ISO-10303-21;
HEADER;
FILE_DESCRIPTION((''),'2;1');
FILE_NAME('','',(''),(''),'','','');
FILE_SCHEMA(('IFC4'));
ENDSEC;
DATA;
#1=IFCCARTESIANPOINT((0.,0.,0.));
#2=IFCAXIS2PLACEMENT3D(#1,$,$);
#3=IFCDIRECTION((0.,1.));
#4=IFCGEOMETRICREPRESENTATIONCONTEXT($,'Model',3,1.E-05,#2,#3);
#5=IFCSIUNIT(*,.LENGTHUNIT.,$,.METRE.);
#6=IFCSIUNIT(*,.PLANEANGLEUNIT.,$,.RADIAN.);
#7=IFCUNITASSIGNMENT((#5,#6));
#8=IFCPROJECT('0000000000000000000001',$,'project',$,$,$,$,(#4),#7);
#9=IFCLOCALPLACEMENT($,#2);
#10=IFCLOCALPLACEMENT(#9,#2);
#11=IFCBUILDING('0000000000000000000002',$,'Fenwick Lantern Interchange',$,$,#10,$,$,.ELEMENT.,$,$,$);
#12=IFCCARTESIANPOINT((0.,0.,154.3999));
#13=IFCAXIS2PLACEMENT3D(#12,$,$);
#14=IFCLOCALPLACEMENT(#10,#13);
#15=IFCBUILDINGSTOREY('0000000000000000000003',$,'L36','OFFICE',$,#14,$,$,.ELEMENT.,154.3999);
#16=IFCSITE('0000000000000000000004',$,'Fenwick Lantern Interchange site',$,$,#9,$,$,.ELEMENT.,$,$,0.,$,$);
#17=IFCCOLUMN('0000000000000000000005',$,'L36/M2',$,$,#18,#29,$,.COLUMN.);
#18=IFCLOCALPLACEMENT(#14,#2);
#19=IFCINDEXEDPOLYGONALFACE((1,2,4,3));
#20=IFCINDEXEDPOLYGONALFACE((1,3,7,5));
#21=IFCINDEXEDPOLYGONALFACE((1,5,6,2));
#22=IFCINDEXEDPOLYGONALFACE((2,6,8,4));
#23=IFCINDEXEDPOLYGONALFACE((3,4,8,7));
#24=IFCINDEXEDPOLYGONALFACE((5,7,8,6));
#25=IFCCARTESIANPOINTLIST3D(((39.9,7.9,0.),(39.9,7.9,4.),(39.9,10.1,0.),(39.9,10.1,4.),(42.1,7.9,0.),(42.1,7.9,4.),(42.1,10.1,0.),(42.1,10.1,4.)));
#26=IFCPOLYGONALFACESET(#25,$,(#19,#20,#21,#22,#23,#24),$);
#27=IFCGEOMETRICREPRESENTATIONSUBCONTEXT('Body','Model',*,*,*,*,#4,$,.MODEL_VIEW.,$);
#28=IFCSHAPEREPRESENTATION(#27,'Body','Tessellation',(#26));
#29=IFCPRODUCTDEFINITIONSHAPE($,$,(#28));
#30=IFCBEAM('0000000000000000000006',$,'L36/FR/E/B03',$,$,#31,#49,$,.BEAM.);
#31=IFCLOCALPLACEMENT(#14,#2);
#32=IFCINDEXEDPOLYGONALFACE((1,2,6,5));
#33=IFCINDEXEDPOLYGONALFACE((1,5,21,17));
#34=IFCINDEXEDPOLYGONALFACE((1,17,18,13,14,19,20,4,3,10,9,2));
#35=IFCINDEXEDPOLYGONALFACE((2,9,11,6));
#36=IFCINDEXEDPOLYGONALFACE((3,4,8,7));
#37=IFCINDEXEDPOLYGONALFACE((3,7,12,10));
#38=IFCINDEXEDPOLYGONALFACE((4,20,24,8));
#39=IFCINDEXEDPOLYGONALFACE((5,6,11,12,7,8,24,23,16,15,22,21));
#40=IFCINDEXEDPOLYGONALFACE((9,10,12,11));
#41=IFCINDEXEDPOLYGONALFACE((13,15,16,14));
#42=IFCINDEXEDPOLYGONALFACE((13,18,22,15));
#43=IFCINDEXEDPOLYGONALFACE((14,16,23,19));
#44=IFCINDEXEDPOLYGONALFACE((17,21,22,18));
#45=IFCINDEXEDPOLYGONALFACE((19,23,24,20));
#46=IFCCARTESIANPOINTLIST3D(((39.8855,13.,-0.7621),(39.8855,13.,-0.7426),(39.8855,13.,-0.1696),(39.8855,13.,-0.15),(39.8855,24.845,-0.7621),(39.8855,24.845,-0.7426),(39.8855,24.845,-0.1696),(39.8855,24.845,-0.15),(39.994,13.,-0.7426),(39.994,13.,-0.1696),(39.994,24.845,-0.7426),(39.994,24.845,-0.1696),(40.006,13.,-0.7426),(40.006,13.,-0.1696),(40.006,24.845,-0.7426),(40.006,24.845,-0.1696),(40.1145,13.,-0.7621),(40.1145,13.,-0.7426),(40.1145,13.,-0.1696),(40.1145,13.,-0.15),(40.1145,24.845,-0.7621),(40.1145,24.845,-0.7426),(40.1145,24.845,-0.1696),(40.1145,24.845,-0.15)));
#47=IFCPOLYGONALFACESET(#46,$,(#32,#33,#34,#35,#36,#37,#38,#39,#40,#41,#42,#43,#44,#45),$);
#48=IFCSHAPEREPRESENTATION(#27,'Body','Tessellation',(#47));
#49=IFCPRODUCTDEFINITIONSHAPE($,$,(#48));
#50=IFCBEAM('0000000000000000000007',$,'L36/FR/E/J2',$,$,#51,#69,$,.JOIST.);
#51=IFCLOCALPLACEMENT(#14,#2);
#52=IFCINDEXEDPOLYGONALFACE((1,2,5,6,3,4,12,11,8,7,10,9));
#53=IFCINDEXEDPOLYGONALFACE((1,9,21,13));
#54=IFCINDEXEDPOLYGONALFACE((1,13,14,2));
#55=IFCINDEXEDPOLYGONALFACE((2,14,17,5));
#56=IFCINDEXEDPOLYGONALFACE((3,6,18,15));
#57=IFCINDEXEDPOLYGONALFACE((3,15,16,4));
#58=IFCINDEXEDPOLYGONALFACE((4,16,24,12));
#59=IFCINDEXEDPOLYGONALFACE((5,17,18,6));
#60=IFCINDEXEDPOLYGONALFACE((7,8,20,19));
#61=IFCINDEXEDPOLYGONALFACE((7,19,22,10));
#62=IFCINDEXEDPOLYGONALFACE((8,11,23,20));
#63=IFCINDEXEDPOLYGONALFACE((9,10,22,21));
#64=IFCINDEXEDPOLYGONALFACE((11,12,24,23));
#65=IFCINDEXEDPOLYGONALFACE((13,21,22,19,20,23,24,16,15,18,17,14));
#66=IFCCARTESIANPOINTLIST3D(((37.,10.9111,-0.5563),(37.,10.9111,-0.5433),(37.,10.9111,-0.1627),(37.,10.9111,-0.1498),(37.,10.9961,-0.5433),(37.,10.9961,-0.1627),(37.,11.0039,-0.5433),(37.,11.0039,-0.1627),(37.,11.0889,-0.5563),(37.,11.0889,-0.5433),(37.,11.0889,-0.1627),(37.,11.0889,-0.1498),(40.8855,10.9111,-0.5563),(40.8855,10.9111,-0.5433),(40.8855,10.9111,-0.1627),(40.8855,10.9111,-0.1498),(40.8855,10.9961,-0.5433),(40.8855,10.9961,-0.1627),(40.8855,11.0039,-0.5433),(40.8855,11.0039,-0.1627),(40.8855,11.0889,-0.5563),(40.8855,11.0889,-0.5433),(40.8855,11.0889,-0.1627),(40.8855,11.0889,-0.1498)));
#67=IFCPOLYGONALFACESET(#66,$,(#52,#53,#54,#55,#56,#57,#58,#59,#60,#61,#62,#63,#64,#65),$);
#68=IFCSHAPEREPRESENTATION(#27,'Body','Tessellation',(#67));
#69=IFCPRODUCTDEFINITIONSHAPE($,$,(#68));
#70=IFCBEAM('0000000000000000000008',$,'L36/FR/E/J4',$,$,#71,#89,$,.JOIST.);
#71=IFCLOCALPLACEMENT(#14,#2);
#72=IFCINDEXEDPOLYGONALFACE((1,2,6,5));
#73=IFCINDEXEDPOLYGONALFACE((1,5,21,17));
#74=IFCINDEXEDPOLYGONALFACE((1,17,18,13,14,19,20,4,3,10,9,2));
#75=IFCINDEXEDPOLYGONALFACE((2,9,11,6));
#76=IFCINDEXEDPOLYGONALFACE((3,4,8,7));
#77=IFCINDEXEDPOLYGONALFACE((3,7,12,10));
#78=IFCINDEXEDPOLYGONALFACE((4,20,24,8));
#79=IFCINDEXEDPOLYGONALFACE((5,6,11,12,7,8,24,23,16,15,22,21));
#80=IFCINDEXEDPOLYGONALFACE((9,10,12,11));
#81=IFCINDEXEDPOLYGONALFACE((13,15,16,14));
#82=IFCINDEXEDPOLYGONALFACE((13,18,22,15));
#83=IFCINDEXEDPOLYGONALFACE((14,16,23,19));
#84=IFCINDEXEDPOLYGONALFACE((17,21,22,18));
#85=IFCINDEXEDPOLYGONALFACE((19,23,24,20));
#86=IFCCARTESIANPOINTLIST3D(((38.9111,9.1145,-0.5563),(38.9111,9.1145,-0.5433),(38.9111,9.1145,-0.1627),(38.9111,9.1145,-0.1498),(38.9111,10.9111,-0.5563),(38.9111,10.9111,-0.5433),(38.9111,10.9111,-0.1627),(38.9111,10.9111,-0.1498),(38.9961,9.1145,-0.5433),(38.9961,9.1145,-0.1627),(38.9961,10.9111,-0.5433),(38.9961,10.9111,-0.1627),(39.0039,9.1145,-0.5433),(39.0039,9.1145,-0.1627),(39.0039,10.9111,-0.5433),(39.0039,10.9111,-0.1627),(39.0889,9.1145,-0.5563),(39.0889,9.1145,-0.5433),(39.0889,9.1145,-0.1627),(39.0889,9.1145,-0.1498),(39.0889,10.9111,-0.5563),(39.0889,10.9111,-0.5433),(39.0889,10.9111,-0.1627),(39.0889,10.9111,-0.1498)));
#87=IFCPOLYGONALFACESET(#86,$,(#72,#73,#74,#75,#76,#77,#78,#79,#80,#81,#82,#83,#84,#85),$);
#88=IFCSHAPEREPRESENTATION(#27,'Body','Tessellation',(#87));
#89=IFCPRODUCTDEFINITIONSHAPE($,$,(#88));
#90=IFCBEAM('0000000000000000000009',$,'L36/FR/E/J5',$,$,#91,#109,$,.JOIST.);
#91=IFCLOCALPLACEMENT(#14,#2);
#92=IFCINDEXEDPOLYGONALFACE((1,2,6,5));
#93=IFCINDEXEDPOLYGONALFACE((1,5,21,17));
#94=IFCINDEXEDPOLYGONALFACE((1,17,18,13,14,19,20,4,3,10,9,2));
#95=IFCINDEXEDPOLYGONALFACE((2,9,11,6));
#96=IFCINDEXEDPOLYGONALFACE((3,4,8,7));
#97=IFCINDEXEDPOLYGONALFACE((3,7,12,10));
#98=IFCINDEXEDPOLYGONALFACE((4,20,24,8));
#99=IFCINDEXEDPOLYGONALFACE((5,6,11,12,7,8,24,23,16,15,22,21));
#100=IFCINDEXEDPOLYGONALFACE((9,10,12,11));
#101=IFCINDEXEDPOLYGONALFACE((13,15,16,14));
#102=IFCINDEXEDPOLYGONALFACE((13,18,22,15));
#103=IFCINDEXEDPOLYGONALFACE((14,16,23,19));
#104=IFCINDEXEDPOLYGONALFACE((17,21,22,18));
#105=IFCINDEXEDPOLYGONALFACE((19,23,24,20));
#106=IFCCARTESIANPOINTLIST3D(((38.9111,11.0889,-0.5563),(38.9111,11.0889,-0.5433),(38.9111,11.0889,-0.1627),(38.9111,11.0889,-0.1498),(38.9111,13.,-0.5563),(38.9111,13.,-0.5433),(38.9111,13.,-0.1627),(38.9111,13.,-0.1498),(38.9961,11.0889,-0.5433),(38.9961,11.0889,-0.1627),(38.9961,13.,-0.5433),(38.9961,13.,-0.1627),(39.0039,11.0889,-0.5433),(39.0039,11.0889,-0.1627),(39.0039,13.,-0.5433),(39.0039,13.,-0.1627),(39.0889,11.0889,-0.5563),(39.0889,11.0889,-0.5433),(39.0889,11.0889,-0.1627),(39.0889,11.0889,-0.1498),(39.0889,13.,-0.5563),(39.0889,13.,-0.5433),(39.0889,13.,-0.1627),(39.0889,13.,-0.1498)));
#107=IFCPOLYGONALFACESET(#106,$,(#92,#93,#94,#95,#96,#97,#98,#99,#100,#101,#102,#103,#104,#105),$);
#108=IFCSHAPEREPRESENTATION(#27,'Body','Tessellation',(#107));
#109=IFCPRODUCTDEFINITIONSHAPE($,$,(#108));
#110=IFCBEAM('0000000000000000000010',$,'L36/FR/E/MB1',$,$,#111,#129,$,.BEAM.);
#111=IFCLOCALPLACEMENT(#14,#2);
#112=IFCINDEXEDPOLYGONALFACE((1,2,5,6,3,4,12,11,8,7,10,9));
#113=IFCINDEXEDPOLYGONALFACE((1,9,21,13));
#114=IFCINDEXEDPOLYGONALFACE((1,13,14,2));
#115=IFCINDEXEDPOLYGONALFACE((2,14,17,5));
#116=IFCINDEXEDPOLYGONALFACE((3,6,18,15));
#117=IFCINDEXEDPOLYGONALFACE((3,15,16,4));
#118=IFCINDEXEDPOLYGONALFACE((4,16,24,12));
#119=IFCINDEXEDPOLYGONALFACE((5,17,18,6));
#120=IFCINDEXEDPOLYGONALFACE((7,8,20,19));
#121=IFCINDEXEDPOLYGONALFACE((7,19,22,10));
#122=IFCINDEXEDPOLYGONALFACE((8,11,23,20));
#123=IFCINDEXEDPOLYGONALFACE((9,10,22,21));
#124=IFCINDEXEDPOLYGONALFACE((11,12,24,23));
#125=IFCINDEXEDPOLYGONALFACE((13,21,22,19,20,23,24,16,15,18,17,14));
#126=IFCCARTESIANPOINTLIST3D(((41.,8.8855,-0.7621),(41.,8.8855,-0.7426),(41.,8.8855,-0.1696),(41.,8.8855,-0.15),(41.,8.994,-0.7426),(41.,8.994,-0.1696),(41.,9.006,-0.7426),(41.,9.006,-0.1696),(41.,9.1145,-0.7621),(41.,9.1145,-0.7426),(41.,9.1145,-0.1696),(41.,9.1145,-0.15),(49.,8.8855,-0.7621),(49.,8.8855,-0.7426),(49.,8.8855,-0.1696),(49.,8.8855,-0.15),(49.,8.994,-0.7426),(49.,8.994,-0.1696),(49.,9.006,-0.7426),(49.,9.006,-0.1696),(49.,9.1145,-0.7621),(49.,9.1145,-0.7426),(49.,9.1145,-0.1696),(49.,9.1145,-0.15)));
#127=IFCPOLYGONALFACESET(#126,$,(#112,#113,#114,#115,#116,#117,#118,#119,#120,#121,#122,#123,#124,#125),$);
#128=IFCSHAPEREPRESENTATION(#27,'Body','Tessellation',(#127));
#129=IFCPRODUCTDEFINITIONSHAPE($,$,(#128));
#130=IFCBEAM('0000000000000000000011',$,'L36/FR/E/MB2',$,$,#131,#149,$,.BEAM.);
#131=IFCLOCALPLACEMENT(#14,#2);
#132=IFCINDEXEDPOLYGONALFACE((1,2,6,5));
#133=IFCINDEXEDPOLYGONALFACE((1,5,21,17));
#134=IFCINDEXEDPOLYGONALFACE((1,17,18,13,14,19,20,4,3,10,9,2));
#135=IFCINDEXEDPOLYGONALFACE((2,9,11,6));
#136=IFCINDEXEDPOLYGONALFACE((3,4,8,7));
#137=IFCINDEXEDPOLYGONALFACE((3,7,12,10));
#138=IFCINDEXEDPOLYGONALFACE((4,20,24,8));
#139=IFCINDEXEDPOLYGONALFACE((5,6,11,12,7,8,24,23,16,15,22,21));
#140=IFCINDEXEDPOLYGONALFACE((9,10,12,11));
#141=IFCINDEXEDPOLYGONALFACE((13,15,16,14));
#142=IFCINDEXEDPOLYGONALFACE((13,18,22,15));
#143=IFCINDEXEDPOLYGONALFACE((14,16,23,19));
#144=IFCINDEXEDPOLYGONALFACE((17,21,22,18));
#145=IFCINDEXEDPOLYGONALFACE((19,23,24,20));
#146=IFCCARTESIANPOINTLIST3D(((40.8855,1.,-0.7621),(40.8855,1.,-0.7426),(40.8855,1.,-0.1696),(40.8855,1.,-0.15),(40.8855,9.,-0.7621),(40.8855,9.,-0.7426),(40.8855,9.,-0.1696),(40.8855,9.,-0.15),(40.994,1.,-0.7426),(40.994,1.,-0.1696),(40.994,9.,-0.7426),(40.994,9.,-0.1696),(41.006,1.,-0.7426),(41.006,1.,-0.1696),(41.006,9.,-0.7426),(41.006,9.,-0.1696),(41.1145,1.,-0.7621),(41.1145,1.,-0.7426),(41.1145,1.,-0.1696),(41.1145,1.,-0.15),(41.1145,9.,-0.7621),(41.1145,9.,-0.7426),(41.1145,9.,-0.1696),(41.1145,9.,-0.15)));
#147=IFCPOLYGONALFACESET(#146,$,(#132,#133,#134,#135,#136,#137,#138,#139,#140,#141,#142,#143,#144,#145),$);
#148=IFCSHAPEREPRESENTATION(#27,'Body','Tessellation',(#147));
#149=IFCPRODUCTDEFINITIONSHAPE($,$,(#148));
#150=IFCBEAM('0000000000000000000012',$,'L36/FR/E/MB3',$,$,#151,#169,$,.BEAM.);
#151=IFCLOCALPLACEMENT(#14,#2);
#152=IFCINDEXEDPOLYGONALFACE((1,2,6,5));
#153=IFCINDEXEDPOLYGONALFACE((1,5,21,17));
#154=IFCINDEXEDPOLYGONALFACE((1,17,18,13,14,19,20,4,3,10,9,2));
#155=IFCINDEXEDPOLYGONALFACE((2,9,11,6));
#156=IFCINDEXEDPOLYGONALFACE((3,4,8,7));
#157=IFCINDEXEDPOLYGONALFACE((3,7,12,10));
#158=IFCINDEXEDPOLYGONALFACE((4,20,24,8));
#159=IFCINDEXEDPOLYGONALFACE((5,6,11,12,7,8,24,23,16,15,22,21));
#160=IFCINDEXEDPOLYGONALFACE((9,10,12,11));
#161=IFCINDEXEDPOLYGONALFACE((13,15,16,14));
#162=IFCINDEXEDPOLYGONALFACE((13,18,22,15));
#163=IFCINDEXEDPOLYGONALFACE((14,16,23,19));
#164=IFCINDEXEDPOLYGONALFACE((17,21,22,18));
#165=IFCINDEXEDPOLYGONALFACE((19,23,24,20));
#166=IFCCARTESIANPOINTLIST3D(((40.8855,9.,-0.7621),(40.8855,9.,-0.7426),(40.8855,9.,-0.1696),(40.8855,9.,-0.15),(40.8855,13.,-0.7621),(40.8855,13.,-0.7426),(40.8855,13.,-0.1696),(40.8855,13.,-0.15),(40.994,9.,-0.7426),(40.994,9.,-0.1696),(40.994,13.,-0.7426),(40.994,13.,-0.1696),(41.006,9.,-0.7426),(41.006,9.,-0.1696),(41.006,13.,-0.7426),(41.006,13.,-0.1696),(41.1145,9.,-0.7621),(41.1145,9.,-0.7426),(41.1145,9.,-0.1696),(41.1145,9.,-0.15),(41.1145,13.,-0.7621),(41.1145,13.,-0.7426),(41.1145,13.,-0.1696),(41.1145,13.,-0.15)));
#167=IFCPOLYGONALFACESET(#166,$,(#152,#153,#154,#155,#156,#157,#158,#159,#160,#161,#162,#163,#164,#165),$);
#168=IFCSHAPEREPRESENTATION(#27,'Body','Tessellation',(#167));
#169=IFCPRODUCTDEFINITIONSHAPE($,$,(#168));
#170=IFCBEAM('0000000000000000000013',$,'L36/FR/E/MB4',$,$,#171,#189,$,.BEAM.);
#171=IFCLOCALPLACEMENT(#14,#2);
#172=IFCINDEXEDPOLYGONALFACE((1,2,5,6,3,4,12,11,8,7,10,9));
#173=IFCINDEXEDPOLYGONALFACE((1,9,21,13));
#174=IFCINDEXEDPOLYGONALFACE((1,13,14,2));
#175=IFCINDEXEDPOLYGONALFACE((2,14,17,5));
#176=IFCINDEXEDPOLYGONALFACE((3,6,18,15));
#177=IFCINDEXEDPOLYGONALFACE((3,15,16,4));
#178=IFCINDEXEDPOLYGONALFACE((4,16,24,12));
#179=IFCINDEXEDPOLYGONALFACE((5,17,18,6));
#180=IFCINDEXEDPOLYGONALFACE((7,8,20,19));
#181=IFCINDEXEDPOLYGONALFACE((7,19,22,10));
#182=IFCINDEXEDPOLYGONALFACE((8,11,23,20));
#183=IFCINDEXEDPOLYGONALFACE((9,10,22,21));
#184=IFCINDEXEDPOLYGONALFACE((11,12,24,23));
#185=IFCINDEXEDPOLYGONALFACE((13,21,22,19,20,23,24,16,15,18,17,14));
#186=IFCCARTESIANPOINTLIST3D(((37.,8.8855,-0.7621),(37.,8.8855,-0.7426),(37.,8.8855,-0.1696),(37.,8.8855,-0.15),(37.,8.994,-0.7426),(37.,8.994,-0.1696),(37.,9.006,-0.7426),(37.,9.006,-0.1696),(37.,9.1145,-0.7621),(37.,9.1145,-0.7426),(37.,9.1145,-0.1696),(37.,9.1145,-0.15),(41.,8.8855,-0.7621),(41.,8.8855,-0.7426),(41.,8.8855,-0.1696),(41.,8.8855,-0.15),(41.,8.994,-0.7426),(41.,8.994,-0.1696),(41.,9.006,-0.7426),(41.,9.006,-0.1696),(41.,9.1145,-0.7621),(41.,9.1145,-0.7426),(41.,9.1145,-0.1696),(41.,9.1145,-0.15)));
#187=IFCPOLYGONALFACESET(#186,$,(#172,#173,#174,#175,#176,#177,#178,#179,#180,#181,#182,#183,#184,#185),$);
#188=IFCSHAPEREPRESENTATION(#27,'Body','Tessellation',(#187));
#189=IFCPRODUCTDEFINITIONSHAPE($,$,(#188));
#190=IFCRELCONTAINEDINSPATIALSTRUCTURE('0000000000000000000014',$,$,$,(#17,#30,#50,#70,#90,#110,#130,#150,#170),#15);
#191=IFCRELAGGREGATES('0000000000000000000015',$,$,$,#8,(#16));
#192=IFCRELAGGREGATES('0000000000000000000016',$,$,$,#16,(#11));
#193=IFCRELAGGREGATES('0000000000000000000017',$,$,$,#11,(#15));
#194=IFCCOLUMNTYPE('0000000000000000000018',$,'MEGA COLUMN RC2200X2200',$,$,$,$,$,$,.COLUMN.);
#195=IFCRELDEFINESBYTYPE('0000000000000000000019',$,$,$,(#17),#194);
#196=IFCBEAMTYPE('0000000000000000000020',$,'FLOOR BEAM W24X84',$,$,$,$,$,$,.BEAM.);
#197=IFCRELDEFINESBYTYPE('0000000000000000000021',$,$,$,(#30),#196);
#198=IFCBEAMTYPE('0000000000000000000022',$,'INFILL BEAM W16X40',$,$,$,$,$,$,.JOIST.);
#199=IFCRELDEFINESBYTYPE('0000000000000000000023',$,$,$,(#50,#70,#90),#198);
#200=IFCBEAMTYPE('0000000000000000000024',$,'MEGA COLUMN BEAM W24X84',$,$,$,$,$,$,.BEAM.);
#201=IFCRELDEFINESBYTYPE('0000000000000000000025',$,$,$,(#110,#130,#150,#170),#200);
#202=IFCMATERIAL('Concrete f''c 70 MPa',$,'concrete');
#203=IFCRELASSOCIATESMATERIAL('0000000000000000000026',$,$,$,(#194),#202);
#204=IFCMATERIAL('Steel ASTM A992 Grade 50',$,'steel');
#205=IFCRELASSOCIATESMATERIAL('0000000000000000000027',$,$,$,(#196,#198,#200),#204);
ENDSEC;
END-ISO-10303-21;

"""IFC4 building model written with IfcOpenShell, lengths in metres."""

from ifc_helpers import new_model, si_unit, direction, frame, origin, origin_2d, place, context, subcontext, project, spatial, rectangle, i_section, extrude, material, material_profile, profile_set, type_object, element, save


model = new_model("IFC4")

# Units and contexts
model_context = context("Model", 3, precision=1e-05, world=origin(), true_north=direction((0.0, 1.0)))
body_context = subcontext(model_context, "Body", "Model", "MODEL_VIEW")
ifc_project = project(units=[si_unit("LENGTHUNIT", "METRE"), si_unit("PLANEANGLEUNIT", "RADIAN")], contexts=[model_context])

# Site, building, storey
site_placement = place(None, origin())
site = spatial("IfcSite", under=ifc_project, at=site_placement, Name="Fenwick Lantern Interchange site", CompositionType="ELEMENT", RefElevation=0.0)
building_placement = place(site_placement, origin())
building = spatial("IfcBuilding", under=site, at=building_placement, Name="Fenwick Lantern Interchange", CompositionType="ELEMENT")
storey_placement = place(building_placement, frame((0.0, 0.0, 154.3999)))
storey = spatial("IfcBuildingStorey", under=building, at=storey_placement, Name="L36", Description="OFFICE", CompositionType="ELEMENT", Elevation=154.3999)

# Column
ifc_material_1 = material(Name="Concrete f'c 70 MPa", Category="concrete")
ifc_material_profile_1 = material_profile(ifc_material_1, rectangle(XDim=2.2, YDim=2.2, at=origin_2d()), Name="RC2200X2200")
ifc_profile_set_1 = profile_set([ifc_material_profile_1], Name="Concrete f'c 70 MPa")
column_type = type_object("IfcColumnType", Name="MEGA COLUMN RC2200X2200", PredefinedType="COLUMN", material=ifc_profile_set_1)
column_placement = place(storey_placement, frame((41.0, 9.0, 0.0), z_axis=(0.0, 0.0, 1.0), x_axis=(1.0, 0.0, 0.0)))
element("IfcColumn", 1, at=column_placement, inside=storey, type_object=column_type, Name="L36/M2", PredefinedType="COLUMN", context=body_context, shape_type="SweptSolid", body=[
    extrude(rectangle(XDim=2.2, YDim=2.2, at=origin_2d()), origin(), (0.0, 0.0, 1.0), 4.0),
])

# Beams
ifc_material_2 = material(Name="Steel ASTM A992 Grade 50", Category="steel")
ifc_material_profile_2 = material_profile(ifc_material_2, i_section(OverallWidth=0.229, OverallDepth=0.6121, WebThickness=0.012, FlangeThickness=0.0195, at=origin_2d()), Name="W24X84")
ifc_profile_set_2 = profile_set([ifc_material_profile_2], Name="Steel ASTM A992 Grade 50")
beam_type_1 = type_object("IfcBeamType", Name="FLOOR BEAM W24X84", PredefinedType="BEAM", material=ifc_profile_set_2)
beam_1_placement = place(storey_placement, frame((40.0, 13.0, -0.4561), z_axis=(0.0, 1.0, 0.0), x_axis=(-1.0, 0.0, 0.0)))
element("IfcBeam", 2, at=beam_1_placement, inside=storey, type_object=beam_type_1, Name="L36/FR/E/B03", PredefinedType="BEAM", context=body_context, shape_type="SweptSolid", body=[
    extrude(i_section(OverallWidth=0.229, OverallDepth=0.6121, WebThickness=0.012, FlangeThickness=0.0195, at=origin_2d()), origin(), (0.0, 0.0, 1.0), 11.845),
])
ifc_material_profile_3 = material_profile(ifc_material_2, i_section(OverallWidth=0.1777, OverallDepth=0.4065, WebThickness=0.0078, FlangeThickness=0.0129, at=origin_2d()), Name="W16X40")
ifc_profile_set_3 = profile_set([ifc_material_profile_3], Name="Steel ASTM A992 Grade 50")
beam_type_2 = type_object("IfcBeamType", Name="INFILL BEAM W16X40", PredefinedType="JOIST", material=ifc_profile_set_3)
beam_2_placement = place(storey_placement, frame((40.8855, 11.0, -0.353), z_axis=(-1.0, 0.0, 0.0), x_axis=(0.0, -1.0, 0.0)))
element("IfcBeam", 3, at=beam_2_placement, inside=storey, type_object=beam_type_2, Name="L36/FR/E/J2", PredefinedType="JOIST", context=body_context, shape_type="SweptSolid", body=[
    extrude(i_section(OverallWidth=0.1777, OverallDepth=0.4065, WebThickness=0.0078, FlangeThickness=0.0129, at=origin_2d()), origin(), (0.0, 0.0, 1.0), 3.8855),
])
beam_3_placement = place(storey_placement, frame((39.0, 9.1145, -0.353), z_axis=(0.0, 1.0, 0.0), x_axis=(-1.0, 0.0, 0.0)))
element("IfcBeam", 4, at=beam_3_placement, inside=storey, type_object=beam_type_2, Name="L36/FR/E/J4", PredefinedType="JOIST", context=body_context, shape_type="SweptSolid", body=[
    extrude(i_section(OverallWidth=0.1777, OverallDepth=0.4065, WebThickness=0.0078, FlangeThickness=0.0129, at=origin_2d()), origin(), (0.0, 0.0, 1.0), 1.7966),
])
beam_4_placement = place(storey_placement, frame((39.0, 11.0889, -0.353), z_axis=(0.0, 1.0, 0.0), x_axis=(-1.0, 0.0, 0.0)))
element("IfcBeam", 5, at=beam_4_placement, inside=storey, type_object=beam_type_2, Name="L36/FR/E/J5", PredefinedType="JOIST", context=body_context, shape_type="SweptSolid", body=[
    extrude(i_section(OverallWidth=0.1777, OverallDepth=0.4065, WebThickness=0.0078, FlangeThickness=0.0129, at=origin_2d()), origin(), (0.0, 0.0, 1.0), 1.9111),
])
ifc_material_profile_4 = material_profile(ifc_material_2, i_section(OverallWidth=0.229, OverallDepth=0.6121, WebThickness=0.012, FlangeThickness=0.0195, at=origin_2d()), Name="W24X84")
ifc_profile_set_4 = profile_set([ifc_material_profile_4], Name="Steel ASTM A992 Grade 50")
beam_type_3 = type_object("IfcBeamType", Name="MEGA COLUMN BEAM W24X84", PredefinedType="BEAM", material=ifc_profile_set_4)
for number, where, z_axis, x_axis, name in (
    (6, (41.0, 9.0, -0.4561), (1.0, 0.0, 0.0), (0.0, 1.0, 0.0), "L36/FR/E/MB1"),
    (7, (41.0, 9.0, -0.4561), (0.0, -1.0, 0.0), (1.0, 0.0, 0.0), "L36/FR/E/MB2"),
):
    element("IfcBeam", number, at=place(storey_placement, frame(where, z_axis=z_axis, x_axis=x_axis)), inside=storey, type_object=beam_type_3, Name=name, PredefinedType="BEAM", context=body_context, shape_type="SweptSolid", body=[
        extrude(i_section(OverallWidth=0.229, OverallDepth=0.6121, WebThickness=0.012, FlangeThickness=0.0195, at=origin_2d()), origin(), (0.0, 0.0, 1.0), 8.0),
    ])
for number, where, z_axis, x_axis, name in (
    (8, (41.0, 9.0, -0.4561), (0.0, 1.0, 0.0), (-1.0, 0.0, 0.0), "L36/FR/E/MB3"),
    (9, (41.0, 9.0, -0.4561), (-1.0, 0.0, 0.0), (0.0, -1.0, 0.0), "L36/FR/E/MB4"),
):
    element("IfcBeam", number, at=place(storey_placement, frame(where, z_axis=z_axis, x_axis=x_axis)), inside=storey, type_object=beam_type_3, Name=name, PredefinedType="BEAM", context=body_context, shape_type="SweptSolid", body=[
        extrude(i_section(OverallWidth=0.229, OverallDepth=0.6121, WebThickness=0.012, FlangeThickness=0.0195, at=origin_2d()), origin(), (0.0, 0.0, 1.0), 4.0),
    ])

save(model, "model.ifc")
